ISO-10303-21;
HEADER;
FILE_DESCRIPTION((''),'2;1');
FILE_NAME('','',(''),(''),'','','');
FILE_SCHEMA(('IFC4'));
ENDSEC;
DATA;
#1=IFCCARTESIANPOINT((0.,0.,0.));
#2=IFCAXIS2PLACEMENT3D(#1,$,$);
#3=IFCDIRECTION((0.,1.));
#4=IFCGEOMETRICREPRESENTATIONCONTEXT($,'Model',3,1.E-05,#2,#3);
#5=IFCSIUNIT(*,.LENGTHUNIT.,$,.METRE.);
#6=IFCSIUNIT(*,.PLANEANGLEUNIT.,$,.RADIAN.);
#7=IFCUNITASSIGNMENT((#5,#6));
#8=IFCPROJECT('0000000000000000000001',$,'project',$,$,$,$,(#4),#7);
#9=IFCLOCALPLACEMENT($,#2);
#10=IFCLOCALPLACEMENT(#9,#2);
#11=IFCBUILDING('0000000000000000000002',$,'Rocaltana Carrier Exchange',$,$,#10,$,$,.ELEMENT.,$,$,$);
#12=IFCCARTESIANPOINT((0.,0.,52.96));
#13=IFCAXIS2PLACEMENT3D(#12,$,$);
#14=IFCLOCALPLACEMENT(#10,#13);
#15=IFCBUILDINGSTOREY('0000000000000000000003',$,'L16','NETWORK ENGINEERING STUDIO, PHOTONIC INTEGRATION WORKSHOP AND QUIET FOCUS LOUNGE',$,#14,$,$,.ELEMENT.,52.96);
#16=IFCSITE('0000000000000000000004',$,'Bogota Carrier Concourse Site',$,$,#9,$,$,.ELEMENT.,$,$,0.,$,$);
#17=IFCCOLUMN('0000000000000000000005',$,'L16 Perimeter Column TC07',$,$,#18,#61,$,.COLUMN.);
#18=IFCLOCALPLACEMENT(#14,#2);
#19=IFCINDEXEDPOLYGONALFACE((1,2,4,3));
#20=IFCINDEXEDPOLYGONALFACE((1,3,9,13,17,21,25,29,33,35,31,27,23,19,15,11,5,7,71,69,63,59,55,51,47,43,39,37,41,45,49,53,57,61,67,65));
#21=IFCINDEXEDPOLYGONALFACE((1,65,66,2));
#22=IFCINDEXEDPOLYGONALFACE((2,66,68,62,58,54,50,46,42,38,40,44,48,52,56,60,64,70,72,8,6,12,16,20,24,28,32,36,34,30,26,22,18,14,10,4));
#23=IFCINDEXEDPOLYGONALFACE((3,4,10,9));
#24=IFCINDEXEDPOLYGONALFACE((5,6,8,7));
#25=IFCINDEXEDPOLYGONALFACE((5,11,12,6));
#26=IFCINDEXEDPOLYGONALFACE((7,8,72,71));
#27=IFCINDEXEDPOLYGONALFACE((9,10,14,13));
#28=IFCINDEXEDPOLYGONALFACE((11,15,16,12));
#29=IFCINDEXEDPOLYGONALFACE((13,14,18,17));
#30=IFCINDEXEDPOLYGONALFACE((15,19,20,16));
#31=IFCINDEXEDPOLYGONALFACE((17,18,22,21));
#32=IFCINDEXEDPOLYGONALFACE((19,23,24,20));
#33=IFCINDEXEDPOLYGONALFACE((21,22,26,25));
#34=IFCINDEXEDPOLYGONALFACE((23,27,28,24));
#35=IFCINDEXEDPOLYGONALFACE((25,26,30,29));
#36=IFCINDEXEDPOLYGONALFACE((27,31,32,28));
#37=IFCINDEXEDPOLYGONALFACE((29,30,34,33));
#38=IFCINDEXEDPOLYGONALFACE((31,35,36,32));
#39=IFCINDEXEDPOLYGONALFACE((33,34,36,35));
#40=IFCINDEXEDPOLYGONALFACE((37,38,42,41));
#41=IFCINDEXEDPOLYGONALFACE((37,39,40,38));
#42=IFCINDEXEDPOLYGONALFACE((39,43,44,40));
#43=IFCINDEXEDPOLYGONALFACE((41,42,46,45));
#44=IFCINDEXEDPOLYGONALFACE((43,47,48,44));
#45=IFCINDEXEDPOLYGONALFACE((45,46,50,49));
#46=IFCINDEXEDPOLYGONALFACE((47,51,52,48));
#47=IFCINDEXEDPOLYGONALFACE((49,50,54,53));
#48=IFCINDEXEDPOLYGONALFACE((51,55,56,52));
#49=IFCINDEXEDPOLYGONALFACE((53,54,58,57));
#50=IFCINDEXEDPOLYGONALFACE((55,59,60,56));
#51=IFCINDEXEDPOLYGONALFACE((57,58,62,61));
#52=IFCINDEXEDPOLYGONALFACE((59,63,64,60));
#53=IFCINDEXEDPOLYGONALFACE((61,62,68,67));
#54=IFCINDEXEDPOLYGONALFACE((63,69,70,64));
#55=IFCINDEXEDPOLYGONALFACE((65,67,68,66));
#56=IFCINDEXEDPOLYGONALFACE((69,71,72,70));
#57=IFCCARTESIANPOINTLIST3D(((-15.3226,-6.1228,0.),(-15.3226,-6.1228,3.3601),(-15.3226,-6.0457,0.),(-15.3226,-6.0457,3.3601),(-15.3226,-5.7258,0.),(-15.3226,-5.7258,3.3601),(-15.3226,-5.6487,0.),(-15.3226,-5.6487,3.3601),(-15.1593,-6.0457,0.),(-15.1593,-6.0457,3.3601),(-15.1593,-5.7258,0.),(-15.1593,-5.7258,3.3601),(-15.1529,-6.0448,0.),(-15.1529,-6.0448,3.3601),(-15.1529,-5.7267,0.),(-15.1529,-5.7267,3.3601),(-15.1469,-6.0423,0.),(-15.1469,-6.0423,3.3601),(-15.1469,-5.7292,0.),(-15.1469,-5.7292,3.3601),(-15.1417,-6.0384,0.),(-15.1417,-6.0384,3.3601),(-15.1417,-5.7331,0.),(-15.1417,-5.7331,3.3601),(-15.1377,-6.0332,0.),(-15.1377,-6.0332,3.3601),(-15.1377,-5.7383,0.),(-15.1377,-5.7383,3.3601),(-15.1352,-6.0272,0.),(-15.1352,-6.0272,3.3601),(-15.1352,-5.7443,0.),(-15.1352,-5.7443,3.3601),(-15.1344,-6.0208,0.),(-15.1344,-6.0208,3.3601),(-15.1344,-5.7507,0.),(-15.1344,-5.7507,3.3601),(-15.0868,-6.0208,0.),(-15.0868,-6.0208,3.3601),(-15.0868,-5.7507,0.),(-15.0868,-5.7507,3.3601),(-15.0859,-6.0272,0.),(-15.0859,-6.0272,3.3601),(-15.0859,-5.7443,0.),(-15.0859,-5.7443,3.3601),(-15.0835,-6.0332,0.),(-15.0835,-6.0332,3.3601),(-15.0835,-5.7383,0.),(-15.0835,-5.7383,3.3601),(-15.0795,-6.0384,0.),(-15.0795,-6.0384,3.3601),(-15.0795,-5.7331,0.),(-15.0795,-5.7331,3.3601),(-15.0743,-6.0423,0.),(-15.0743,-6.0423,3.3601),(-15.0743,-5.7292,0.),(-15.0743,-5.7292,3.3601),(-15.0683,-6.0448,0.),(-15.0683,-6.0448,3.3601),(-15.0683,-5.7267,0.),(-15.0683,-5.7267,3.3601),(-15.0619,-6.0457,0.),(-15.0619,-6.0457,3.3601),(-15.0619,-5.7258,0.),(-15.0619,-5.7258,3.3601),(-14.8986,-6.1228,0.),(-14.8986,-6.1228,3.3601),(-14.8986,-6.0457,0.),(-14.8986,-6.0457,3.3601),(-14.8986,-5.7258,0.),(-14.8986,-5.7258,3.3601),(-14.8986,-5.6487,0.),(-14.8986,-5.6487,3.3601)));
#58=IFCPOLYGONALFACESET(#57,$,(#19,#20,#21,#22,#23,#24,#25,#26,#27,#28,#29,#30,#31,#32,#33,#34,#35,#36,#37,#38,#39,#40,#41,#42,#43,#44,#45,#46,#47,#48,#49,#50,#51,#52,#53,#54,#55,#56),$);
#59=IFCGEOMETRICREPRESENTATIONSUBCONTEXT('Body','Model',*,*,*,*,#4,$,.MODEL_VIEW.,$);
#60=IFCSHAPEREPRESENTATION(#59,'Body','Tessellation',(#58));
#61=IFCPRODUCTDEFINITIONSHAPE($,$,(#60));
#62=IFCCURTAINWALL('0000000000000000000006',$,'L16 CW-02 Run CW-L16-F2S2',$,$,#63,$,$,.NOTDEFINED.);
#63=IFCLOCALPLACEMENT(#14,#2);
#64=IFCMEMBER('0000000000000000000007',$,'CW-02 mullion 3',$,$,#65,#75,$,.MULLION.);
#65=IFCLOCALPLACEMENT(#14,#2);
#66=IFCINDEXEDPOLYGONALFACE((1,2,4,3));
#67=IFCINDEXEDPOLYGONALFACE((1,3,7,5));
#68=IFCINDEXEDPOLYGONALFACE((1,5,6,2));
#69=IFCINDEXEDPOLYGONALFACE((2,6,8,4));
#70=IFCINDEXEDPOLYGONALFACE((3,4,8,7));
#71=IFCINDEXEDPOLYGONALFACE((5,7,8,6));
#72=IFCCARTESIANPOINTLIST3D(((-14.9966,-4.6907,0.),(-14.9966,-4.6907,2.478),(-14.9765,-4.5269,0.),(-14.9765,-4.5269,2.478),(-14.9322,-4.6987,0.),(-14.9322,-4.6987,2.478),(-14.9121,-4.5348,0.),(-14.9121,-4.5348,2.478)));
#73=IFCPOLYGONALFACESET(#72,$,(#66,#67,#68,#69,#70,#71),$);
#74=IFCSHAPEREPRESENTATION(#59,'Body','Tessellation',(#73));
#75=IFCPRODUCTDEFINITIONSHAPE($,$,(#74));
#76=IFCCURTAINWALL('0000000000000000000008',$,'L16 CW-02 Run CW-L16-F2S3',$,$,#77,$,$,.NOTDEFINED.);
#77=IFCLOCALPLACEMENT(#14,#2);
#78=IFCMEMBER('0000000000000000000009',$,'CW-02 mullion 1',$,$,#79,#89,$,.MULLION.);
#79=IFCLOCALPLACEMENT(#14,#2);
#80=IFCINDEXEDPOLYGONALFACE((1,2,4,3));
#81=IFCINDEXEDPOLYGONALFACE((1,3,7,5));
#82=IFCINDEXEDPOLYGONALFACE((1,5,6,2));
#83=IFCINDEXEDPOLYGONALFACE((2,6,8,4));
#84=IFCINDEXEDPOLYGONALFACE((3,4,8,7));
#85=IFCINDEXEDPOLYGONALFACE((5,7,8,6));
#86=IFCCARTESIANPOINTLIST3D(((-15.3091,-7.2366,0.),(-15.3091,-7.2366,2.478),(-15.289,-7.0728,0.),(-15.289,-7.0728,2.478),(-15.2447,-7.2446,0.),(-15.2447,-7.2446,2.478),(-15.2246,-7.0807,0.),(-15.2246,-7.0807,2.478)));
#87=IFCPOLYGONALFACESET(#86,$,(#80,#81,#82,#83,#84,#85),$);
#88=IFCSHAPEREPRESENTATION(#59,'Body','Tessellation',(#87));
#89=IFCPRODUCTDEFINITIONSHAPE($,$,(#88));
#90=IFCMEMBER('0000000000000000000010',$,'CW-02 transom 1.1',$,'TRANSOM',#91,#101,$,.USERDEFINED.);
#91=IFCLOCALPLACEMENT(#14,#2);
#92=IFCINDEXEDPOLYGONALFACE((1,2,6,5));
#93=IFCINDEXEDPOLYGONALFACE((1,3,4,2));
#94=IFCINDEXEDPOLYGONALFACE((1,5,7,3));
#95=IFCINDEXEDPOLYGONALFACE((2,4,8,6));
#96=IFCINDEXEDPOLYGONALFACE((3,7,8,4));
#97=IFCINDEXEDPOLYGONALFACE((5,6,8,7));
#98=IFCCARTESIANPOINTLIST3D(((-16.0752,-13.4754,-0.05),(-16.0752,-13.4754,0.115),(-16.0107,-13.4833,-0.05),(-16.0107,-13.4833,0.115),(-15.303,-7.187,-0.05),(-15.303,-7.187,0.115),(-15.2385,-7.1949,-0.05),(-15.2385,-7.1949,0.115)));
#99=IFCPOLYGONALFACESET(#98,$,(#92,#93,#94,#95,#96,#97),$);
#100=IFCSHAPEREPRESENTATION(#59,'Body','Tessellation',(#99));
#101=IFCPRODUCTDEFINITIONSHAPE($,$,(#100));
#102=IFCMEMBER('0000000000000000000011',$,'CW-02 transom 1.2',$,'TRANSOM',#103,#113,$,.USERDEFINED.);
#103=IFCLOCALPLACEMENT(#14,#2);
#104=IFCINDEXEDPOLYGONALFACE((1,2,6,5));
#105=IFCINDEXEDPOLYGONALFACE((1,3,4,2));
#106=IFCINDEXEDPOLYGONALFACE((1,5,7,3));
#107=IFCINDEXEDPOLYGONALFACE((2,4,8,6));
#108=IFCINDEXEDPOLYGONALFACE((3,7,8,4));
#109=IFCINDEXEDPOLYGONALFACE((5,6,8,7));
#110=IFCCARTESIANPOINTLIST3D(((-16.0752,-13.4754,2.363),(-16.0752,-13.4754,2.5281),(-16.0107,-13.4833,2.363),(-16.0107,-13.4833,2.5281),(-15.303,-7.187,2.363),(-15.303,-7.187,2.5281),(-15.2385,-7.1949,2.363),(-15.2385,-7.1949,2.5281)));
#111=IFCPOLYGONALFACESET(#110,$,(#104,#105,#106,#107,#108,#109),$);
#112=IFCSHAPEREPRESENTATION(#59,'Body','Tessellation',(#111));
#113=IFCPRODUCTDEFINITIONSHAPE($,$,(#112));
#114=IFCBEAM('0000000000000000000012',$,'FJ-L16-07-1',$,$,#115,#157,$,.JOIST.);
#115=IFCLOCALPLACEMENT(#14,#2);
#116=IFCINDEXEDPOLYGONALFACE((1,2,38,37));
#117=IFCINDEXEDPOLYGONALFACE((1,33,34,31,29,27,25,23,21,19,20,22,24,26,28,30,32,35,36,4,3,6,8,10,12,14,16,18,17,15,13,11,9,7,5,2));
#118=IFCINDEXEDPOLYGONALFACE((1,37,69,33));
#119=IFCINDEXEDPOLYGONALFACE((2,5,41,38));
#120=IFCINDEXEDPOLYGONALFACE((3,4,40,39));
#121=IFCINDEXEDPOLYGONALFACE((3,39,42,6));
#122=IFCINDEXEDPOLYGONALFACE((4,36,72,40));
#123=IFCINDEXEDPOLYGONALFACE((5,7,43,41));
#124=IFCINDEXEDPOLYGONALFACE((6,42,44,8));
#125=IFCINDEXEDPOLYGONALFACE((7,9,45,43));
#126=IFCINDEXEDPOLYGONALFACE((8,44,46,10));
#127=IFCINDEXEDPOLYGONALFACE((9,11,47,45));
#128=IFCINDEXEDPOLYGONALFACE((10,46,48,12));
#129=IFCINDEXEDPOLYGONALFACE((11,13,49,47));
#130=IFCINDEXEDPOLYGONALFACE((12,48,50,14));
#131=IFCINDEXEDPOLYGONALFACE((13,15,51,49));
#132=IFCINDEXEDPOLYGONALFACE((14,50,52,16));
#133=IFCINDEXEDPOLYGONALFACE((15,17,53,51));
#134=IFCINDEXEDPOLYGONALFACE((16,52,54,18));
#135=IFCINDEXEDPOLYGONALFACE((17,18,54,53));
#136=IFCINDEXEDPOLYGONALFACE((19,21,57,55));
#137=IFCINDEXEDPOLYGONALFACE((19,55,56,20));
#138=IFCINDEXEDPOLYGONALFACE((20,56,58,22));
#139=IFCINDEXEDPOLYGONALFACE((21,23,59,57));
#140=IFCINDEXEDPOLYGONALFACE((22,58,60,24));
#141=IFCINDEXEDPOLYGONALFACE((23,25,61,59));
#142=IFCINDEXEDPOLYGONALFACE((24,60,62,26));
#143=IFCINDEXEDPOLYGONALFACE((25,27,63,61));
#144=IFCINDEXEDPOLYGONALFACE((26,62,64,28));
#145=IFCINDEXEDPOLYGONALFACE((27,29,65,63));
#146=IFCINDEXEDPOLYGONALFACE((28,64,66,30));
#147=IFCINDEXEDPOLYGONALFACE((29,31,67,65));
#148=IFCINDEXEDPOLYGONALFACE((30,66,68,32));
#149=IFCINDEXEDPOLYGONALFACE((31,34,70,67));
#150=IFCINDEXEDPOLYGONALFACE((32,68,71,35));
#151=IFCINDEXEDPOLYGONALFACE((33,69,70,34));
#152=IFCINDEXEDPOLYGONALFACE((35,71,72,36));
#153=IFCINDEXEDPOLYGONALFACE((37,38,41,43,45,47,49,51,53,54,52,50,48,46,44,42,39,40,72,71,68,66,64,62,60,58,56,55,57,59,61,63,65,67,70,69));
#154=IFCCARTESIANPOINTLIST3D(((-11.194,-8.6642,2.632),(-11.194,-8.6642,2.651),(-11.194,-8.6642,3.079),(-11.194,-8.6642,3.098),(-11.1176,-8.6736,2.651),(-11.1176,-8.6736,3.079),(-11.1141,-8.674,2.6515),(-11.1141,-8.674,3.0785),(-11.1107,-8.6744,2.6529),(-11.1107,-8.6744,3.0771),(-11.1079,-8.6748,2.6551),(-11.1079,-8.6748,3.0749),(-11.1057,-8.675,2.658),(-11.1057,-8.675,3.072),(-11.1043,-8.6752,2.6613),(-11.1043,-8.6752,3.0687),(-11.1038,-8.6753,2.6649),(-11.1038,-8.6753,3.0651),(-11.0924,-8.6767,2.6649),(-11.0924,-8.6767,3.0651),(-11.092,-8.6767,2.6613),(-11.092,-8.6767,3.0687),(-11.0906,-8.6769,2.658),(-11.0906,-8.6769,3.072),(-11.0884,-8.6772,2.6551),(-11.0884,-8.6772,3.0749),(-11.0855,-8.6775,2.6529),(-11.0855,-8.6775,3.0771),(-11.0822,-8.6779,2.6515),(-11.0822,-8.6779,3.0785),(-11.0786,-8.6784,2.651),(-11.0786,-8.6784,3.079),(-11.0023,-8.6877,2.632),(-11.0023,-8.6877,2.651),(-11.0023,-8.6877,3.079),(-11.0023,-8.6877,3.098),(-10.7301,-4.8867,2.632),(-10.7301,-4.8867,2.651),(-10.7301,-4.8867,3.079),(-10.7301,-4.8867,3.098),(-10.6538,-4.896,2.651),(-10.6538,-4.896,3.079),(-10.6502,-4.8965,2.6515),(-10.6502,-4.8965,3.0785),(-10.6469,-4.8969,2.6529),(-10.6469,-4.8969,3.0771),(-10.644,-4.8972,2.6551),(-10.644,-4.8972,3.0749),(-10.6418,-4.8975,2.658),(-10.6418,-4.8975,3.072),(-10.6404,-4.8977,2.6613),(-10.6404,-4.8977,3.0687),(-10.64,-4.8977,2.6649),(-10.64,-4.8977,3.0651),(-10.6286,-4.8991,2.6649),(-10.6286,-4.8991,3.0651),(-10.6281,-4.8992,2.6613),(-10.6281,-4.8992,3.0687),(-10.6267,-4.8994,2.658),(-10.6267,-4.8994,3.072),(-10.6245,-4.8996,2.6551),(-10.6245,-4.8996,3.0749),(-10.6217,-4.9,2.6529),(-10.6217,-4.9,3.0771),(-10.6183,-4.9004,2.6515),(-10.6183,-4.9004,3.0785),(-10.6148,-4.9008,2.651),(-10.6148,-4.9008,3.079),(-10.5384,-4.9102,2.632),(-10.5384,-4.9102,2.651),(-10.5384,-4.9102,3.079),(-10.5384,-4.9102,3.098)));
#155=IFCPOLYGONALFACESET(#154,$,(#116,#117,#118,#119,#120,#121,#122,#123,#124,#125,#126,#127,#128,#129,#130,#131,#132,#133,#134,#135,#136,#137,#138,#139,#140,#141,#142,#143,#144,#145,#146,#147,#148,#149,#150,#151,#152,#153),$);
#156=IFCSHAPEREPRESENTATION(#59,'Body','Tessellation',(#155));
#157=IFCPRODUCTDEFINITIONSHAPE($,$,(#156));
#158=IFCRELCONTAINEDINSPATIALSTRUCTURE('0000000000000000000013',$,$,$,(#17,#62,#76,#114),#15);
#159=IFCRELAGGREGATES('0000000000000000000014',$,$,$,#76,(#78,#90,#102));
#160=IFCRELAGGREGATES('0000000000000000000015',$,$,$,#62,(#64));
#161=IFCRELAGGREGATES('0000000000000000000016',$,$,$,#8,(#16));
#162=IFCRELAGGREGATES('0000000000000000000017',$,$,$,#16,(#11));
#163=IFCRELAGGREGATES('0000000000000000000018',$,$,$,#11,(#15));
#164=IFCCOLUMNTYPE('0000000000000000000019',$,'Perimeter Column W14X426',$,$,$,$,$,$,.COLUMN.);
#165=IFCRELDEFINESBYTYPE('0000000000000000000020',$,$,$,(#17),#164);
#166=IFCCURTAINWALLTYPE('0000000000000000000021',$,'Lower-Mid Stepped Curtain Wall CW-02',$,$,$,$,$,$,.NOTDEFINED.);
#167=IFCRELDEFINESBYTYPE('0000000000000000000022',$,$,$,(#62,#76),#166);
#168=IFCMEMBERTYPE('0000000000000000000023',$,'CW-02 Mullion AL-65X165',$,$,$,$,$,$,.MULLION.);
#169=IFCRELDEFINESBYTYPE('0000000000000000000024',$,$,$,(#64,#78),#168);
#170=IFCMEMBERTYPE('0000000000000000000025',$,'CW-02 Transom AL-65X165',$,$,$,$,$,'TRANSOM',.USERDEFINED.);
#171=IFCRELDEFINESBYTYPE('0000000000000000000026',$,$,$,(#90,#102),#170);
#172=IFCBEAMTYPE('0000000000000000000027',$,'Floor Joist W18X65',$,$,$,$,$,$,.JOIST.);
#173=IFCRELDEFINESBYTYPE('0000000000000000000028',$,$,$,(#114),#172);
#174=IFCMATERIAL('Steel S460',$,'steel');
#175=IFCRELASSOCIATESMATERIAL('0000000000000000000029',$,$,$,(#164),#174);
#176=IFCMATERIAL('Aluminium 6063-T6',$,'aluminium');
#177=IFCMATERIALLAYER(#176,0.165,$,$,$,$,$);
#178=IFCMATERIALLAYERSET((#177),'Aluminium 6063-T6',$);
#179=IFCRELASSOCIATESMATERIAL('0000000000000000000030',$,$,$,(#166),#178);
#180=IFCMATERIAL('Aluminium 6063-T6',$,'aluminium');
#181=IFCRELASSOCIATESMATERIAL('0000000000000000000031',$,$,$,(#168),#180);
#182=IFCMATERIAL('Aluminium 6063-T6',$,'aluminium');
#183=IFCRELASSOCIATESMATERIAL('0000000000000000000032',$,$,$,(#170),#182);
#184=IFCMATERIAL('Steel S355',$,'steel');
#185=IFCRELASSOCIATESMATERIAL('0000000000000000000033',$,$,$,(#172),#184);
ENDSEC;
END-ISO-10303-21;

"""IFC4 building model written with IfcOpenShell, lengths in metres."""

from ifc_helpers import new_model, si_unit, direction, frame, origin, origin_2d, place, context, subcontext, project, spatial, rectangle, i_section, extrude, material, layer, layer_set, material_profile, profile_set, type_object, element, aggregate, save


model = new_model("IFC4")

# Units and contexts
model_context = context("Model", 3, precision=1e-05, world=origin(), true_north=direction((0.0, 1.0)))
body_context = subcontext(model_context, "Body", "Model", "MODEL_VIEW")
ifc_project = project(units=[si_unit("LENGTHUNIT", "METRE"), si_unit("PLANEANGLEUNIT", "RADIAN")], contexts=[model_context])

# Site, building, storey
site_placement = place(None, origin())
site = spatial("IfcSite", under=ifc_project, at=site_placement, Name="Bogota Carrier Concourse Site", CompositionType="ELEMENT", RefElevation=0.0)
building_placement = place(site_placement, origin())
building = spatial("IfcBuilding", under=site, at=building_placement, Name="Rocaltana Carrier Exchange", CompositionType="ELEMENT")
storey_placement = place(building_placement, frame((0.0, 0.0, 52.96)))
storey = spatial("IfcBuildingStorey", under=building, at=storey_placement, Name="L16", Description="NETWORK ENGINEERING STUDIO, PHOTONIC INTEGRATION WORKSHOP AND QUIET FOCUS LOUNGE", CompositionType="ELEMENT", Elevation=52.96)

# Column
ifc_material_1 = material(Name="Steel S460", Category="steel")
ifc_material_profile_1 = material_profile(ifc_material_1, i_section(OverallWidth=0.4241, OverallDepth=0.4741, WebThickness=0.0476, FlangeThickness=0.0771, FilletRadius=0.0249, at=origin_2d()), Name="W14X426")
ifc_profile_set_1 = profile_set([ifc_material_profile_1], Name="Steel S460")
column_type = type_object("IfcColumnType", Name="Perimeter Column W14X426", PredefinedType="COLUMN", material=ifc_profile_set_1)
column_placement = place(storey_placement, frame((-15.1106, -5.8857, 0.0), z_axis=(0.0, 0.0, 1.0), x_axis=(1.0, 0.0, 0.0)))
element("IfcColumn", 1, at=column_placement, inside=storey, type_object=column_type, Name="L16 Perimeter Column TC07", PredefinedType="COLUMN", context=body_context, shape_type="SweptSolid", body=[
    extrude(i_section(OverallWidth=0.4241, OverallDepth=0.4741, WebThickness=0.0476, FlangeThickness=0.0771, FilletRadius=0.0249, at=origin_2d()), origin(), (0.0, 0.0, 1.0), 3.3601),
])

# Curtain wall, member
ifc_material_2 = material(Name="Aluminium 6063-T6", Category="aluminium")
ifc_layer_1 = layer(ifc_material_2, 0.165)
ifc_layer_set_1 = layer_set([ifc_layer_1], Name="Aluminium 6063-T6")
curtain_wall_type = type_object("IfcCurtainWallType", Name="Lower-Mid Stepped Curtain Wall CW-02", PredefinedType="NOTDEFINED", material=ifc_layer_set_1)
curtain_wall_1_placement = place(storey_placement, origin())
curtain_wall_1 = element("IfcCurtainWall", 2, at=curtain_wall_1_placement, inside=storey, type_object=curtain_wall_type, Name="L16 CW-02 Run CW-L16-F2S2", PredefinedType="NOTDEFINED")
ifc_material_3 = material(Name="Aluminium 6063-T6", Category="aluminium")
ifc_material_profile_2 = material_profile(ifc_material_3, rectangle(XDim=0.0649, YDim=0.165, at=origin_2d()), Name="AL-65X165")
ifc_profile_set_2 = profile_set([ifc_material_profile_2], Name="Aluminium 6063-T6")
member_type_1 = type_object("IfcMemberType", Name="CW-02 Mullion AL-65X165", PredefinedType="MULLION", material=ifc_profile_set_2)
member_1_placement = place(storey_placement, frame((-14.9543, -4.6128, 0.0), z_axis=(0.0, 0.0, 1.0), x_axis=(0.992546, -0.121874, 0.0)))
member_1 = element("IfcMember", 3, at=member_1_placement, type_object=member_type_1, Name="CW-02 mullion 3", PredefinedType="MULLION", context=body_context, shape_type="SweptSolid", body=[
    extrude(rectangle(XDim=0.0649, YDim=0.165, at=origin_2d()), origin(), (0.0, 0.0, 1.0), 2.478),
])

# Curtain wall, members
curtain_wall_2_placement = place(storey_placement, origin())
curtain_wall_2 = element("IfcCurtainWall", 4, at=curtain_wall_2_placement, inside=storey, type_object=curtain_wall_type, Name="L16 CW-02 Run CW-L16-F2S3", PredefinedType="NOTDEFINED")
member_2_placement = place(storey_placement, frame((-15.2668, -7.1587, 0.0), z_axis=(0.0, 0.0, 1.0), x_axis=(0.992545, -0.121881, 0.0)))
member_2 = element("IfcMember", 5, at=member_2_placement, type_object=member_type_1, Name="CW-02 mullion 1", PredefinedType="MULLION", context=body_context, shape_type="SweptSolid", body=[
    extrude(rectangle(XDim=0.0649, YDim=0.165, at=origin_2d()), origin(), (0.0, 0.0, 1.0), 2.478),
])
ifc_material_4 = material(Name="Aluminium 6063-T6", Category="aluminium")
ifc_material_profile_3 = material_profile(ifc_material_4, rectangle(XDim=0.0649, YDim=0.165, at=origin_2d()), Name="AL-65X165")
ifc_profile_set_3 = profile_set([ifc_material_profile_3], Name="Aluminium 6063-T6")
member_type_2 = type_object("IfcMemberType", Name="CW-02 Transom AL-65X165", ElementType="TRANSOM", PredefinedType="USERDEFINED", material=ifc_profile_set_3)
member_3_placement = place(storey_placement, frame((-15.2708, -7.1909, 0.0325), z_axis=(-0.121881, -0.992545, 0.0), x_axis=(0.992545, -0.121881, 0.0)))
member_3 = element("IfcMember", 6, at=member_3_placement, type_object=member_type_2, Name="CW-02 transom 1.1", ObjectType="TRANSOM", PredefinedType="USERDEFINED", context=body_context, shape_type="SweptSolid", body=[
    extrude(rectangle(XDim=0.0649, YDim=0.165, at=origin_2d()), origin(), (0.0, 0.0, 1.0), 6.3357),
])
member_4_placement = place(storey_placement, frame((-15.2708, -7.1909, 2.4456), z_axis=(-0.121881, -0.992545, 0.0), x_axis=(0.992545, -0.121881, 0.0)))
member_4 = element("IfcMember", 7, at=member_4_placement, type_object=member_type_2, Name="CW-02 transom 1.2", ObjectType="TRANSOM", PredefinedType="USERDEFINED", context=body_context, shape_type="SweptSolid", body=[
    extrude(rectangle(XDim=0.0649, YDim=0.165, at=origin_2d()), origin(), (0.0, 0.0, 1.0), 6.3357),
])
aggregate(curtain_wall_2, [member_2, member_3, member_4])

# Beam
ifc_material_5 = material(Name="Steel S355", Category="steel")
ifc_material_profile_4 = material_profile(ifc_material_5, i_section(OverallWidth=0.1931, OverallDepth=0.4661, WebThickness=0.0115, FlangeThickness=0.019, FilletRadius=0.0139, at=origin_2d()), Name="W18X65")
ifc_profile_set_4 = profile_set([ifc_material_profile_4], Name="Steel S355")
beam_type_1 = type_object("IfcBeamType", Name="Floor Joist W18X65", PredefinedType="JOIST", material=ifc_profile_set_4)
beam_1_placement = place(storey_placement, frame((-10.6343, -4.8984, 2.865), z_axis=(-0.121879, -0.992545, 0.0), x_axis=(0.992545, -0.121879, 0.0)))
element("IfcBeam", 8, at=beam_1_placement, inside=storey, type_object=beam_type_1, Name="FJ-L16-07-1", PredefinedType="JOIST", context=body_context, shape_type="SweptSolid", body=[
    extrude(i_section(OverallWidth=0.1931, OverallDepth=0.4661, WebThickness=0.0115, FlangeThickness=0.019, FilletRadius=0.0139, at=origin_2d()), origin(), (0.0, 0.0, 1.0), 3.8059),
])

aggregate(curtain_wall_1, [member_1])

save(model, "model.ifc")
